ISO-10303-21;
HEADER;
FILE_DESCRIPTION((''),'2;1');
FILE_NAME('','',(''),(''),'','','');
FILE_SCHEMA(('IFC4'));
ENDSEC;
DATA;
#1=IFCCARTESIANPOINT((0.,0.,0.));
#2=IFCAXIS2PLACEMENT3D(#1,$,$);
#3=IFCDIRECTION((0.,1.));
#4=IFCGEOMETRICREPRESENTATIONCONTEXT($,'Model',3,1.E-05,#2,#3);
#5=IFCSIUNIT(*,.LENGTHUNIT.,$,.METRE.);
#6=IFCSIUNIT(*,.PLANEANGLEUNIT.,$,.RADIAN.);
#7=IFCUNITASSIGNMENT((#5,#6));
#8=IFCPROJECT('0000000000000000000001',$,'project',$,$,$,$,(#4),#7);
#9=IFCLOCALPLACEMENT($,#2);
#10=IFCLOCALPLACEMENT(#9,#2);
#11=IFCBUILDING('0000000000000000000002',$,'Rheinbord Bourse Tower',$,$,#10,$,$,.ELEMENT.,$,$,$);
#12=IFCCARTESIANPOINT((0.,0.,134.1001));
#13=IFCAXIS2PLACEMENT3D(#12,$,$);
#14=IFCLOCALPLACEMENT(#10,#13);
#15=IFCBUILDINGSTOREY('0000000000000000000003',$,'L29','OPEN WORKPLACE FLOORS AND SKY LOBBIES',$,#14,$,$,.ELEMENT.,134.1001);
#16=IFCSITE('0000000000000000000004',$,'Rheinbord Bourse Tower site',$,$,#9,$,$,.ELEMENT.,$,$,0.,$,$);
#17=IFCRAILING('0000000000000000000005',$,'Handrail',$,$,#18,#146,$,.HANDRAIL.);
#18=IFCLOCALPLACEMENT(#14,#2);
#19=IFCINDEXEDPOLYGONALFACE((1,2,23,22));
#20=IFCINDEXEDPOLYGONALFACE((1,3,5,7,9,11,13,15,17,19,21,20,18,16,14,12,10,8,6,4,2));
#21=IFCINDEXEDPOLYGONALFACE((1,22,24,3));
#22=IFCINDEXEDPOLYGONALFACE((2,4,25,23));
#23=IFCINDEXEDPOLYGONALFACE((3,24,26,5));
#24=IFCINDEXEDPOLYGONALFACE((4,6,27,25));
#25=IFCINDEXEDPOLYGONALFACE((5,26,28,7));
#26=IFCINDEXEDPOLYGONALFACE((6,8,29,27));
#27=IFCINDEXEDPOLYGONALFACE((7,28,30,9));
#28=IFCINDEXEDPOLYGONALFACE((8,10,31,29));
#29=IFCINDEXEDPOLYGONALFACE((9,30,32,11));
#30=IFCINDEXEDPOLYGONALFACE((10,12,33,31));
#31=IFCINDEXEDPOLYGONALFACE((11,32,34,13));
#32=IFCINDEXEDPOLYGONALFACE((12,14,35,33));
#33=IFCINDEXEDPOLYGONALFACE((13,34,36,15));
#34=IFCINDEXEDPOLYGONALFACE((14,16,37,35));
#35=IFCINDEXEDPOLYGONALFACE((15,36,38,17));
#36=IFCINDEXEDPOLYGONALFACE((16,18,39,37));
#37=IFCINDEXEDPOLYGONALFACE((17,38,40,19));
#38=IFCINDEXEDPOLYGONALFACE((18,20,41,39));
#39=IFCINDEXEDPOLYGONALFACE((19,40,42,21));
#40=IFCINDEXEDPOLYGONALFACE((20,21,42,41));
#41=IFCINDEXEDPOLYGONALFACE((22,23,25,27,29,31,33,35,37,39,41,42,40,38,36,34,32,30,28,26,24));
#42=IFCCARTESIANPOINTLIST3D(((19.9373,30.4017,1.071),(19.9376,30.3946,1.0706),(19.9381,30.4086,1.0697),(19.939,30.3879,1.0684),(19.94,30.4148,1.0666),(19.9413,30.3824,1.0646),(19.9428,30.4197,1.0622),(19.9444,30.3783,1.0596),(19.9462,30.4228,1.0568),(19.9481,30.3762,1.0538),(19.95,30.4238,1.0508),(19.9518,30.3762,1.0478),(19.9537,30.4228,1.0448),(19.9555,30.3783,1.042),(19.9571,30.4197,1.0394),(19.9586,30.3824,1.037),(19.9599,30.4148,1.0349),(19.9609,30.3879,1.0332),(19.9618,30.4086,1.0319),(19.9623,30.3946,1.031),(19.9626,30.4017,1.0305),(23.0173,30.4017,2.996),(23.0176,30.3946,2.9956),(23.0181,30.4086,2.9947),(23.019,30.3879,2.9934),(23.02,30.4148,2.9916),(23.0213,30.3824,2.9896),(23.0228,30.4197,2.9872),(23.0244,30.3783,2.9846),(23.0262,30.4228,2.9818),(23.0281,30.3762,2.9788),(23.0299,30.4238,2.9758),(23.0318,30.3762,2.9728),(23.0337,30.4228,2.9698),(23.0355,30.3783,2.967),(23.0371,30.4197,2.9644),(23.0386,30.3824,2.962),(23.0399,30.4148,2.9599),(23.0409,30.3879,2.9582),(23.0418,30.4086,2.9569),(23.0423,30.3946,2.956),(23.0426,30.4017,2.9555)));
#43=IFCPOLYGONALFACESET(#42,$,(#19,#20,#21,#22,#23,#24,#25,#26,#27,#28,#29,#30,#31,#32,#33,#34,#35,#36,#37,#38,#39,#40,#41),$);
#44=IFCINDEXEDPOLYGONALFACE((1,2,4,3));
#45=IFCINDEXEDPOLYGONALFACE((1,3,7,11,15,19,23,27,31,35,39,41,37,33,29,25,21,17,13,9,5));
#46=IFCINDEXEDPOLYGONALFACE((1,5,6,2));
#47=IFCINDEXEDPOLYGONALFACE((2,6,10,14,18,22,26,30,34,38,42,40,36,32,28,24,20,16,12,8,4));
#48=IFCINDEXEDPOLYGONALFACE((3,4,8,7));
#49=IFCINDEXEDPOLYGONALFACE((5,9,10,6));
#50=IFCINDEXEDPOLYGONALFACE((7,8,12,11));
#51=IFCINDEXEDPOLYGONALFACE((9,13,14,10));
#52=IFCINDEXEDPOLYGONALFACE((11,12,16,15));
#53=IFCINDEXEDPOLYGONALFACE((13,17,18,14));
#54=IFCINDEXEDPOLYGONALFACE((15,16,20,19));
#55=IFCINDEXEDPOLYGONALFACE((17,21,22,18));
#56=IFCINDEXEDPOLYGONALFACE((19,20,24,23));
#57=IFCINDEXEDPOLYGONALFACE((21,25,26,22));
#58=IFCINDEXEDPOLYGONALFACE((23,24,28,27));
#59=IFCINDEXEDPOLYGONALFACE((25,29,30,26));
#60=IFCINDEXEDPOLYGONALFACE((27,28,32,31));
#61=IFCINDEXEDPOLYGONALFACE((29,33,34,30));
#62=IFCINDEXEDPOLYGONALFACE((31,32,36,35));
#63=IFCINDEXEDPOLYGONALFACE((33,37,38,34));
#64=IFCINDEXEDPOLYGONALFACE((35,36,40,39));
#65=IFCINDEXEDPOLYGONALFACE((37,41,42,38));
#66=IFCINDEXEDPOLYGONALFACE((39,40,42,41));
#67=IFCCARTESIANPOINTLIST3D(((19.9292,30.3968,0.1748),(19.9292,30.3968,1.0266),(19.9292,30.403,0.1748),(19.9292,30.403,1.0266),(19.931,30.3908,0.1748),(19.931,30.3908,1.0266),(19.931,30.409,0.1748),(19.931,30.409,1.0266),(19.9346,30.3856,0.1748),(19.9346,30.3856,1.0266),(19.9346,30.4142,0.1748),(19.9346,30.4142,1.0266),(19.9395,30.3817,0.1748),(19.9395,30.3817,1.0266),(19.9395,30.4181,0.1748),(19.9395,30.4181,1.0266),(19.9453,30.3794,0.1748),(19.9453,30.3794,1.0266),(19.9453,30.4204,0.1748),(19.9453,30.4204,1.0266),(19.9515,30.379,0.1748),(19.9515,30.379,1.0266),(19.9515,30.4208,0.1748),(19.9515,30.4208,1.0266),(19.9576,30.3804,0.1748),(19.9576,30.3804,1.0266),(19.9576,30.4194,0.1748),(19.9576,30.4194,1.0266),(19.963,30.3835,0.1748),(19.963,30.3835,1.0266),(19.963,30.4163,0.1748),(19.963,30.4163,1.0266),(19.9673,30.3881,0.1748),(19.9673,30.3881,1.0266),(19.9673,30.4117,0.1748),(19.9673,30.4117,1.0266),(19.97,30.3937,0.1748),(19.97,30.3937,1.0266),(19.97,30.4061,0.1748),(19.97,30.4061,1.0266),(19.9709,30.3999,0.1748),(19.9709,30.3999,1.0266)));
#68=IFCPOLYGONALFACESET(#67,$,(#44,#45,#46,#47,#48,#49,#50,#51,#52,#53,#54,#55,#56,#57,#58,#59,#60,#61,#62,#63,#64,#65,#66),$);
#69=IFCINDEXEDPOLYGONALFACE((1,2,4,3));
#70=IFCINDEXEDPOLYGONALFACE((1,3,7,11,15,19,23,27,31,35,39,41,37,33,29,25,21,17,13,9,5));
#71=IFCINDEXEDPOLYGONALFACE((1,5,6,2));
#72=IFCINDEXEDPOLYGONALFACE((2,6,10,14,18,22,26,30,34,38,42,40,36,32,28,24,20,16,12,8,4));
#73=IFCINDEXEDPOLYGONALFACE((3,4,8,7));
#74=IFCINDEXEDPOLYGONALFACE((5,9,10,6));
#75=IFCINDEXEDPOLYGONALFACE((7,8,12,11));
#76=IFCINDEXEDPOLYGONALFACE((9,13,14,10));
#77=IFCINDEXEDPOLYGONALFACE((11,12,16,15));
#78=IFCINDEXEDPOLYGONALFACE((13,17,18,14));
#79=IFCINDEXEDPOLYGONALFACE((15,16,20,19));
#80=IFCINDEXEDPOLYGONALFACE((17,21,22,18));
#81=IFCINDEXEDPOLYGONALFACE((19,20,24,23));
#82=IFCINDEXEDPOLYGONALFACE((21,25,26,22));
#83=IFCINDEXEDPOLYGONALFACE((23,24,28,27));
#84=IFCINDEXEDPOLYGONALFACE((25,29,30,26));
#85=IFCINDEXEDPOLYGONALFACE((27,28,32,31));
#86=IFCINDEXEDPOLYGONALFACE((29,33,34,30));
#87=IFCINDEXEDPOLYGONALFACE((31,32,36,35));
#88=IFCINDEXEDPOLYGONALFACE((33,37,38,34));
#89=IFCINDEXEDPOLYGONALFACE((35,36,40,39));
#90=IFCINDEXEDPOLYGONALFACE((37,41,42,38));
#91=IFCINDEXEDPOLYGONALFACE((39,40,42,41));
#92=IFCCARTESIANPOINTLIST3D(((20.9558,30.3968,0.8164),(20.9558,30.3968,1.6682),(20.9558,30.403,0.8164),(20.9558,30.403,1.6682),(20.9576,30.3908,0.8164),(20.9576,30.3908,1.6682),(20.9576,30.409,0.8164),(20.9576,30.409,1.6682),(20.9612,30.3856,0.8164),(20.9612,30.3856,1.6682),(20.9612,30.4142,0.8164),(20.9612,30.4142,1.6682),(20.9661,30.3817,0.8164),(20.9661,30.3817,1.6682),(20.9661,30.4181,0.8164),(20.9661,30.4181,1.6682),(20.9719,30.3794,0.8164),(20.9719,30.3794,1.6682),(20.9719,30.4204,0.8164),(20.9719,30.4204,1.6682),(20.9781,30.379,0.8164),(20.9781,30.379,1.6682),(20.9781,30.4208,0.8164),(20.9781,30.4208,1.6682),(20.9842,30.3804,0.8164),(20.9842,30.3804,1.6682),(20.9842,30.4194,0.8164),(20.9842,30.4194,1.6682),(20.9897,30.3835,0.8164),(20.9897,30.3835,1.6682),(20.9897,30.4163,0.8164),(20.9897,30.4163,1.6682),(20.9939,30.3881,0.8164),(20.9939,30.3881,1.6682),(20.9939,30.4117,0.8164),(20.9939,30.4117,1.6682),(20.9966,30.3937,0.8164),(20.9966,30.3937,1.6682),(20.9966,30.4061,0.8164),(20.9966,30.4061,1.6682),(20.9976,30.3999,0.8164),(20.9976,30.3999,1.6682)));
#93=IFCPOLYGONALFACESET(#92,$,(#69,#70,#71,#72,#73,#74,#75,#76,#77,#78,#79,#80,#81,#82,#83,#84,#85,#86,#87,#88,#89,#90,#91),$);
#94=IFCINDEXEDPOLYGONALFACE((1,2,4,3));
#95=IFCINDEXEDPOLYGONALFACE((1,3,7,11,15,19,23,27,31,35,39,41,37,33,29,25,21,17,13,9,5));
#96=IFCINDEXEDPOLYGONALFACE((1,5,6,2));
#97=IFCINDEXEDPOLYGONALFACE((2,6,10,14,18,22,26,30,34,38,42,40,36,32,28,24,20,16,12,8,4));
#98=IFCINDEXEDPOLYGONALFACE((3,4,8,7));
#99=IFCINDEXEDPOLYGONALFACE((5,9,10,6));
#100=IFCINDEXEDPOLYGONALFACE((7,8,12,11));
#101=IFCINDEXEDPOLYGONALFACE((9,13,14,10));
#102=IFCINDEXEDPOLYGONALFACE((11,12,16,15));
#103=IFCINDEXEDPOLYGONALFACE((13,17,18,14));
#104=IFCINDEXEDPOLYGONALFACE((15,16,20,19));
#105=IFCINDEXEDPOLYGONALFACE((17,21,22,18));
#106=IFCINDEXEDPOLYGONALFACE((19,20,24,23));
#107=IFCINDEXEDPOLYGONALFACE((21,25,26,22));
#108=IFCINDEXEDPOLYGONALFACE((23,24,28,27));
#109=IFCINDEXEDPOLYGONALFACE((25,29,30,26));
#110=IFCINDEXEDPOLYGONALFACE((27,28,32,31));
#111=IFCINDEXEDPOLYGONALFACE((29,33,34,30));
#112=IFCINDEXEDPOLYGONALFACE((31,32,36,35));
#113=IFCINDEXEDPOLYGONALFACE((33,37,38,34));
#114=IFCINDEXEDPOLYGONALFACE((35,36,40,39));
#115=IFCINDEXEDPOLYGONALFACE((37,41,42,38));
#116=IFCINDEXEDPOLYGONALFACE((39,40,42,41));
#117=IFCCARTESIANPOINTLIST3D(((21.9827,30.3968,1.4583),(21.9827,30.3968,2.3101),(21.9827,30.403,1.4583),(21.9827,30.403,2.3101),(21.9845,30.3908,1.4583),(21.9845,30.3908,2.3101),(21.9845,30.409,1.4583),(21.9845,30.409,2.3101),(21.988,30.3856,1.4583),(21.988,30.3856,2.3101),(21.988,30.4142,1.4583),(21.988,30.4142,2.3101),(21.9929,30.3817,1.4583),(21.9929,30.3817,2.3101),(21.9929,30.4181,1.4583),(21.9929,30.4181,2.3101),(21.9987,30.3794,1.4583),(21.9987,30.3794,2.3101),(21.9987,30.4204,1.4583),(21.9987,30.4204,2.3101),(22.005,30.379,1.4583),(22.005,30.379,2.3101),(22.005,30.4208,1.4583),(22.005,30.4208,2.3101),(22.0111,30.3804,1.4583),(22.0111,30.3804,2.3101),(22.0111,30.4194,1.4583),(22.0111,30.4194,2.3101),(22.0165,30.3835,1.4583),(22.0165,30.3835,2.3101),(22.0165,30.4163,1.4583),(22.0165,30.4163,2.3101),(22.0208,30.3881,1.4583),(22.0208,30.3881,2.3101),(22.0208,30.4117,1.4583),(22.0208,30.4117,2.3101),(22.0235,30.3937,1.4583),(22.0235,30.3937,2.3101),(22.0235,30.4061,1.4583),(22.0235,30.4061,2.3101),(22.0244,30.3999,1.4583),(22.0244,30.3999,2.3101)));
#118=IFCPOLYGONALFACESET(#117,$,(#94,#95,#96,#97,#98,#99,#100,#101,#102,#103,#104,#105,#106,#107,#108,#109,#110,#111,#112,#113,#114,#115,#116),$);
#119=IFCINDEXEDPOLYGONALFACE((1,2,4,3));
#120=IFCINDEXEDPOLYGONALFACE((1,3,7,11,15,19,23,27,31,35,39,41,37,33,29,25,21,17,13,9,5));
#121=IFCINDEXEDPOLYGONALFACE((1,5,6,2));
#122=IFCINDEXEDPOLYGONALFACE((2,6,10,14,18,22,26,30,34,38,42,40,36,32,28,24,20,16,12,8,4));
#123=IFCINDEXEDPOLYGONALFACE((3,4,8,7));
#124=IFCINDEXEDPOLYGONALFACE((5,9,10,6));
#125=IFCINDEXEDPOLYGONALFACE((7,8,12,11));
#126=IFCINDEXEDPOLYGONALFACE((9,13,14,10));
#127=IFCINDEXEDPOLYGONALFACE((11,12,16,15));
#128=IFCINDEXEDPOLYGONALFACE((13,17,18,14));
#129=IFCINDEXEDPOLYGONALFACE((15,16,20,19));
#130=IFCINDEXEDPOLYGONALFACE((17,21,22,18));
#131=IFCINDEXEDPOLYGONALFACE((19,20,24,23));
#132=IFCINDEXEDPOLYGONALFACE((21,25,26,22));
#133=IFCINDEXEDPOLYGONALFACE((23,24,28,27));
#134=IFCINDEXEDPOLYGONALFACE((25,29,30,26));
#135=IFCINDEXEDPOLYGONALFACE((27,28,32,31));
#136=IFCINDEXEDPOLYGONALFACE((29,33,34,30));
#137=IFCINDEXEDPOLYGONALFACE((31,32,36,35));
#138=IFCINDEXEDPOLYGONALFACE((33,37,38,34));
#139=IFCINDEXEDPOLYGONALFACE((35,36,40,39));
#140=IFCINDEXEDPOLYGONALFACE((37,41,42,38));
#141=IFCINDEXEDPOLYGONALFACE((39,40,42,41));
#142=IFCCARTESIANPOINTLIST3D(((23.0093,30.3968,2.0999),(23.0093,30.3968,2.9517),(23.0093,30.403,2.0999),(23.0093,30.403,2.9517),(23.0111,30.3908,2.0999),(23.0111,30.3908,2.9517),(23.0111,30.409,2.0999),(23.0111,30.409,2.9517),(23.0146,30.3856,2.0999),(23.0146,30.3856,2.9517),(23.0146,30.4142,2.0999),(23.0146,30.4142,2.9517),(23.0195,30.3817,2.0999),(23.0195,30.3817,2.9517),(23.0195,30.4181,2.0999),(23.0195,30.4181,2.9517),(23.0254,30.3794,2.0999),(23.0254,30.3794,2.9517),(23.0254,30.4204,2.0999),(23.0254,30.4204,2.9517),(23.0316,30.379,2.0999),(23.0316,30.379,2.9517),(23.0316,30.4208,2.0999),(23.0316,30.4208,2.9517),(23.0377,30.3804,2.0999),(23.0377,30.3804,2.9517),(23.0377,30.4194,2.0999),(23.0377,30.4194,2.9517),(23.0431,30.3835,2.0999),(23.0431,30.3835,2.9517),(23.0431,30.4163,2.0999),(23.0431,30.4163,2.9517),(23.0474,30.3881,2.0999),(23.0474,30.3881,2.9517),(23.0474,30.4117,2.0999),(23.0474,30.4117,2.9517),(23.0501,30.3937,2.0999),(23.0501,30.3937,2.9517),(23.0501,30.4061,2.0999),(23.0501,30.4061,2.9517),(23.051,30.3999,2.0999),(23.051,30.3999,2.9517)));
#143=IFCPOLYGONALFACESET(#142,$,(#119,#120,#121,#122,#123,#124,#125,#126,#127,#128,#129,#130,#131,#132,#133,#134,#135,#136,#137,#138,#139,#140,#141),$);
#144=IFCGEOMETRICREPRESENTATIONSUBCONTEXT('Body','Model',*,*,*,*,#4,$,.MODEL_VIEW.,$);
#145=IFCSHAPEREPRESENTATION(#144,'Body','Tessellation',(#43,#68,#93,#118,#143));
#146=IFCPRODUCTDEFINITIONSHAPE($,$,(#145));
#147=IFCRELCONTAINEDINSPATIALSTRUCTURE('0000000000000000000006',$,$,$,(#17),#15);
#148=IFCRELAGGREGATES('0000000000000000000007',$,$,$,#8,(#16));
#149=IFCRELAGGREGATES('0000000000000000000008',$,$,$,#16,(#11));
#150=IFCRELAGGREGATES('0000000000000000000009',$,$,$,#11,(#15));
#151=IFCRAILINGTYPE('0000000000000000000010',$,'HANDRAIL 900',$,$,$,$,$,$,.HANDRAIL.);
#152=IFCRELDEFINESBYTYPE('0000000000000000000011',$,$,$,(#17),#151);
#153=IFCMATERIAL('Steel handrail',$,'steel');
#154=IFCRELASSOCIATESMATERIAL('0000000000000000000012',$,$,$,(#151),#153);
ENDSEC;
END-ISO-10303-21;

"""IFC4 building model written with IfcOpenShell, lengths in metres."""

from ifc_helpers import new_model, si_unit, direction, frame, origin, origin_2d, place, context, subcontext, project, spatial, circle, extrude, material, type_object, element, save


model = new_model("IFC4")

# Units and contexts
model_context = context("Model", 3, precision=1e-05, world=origin(), true_north=direction((0.0, 1.0)))
body_context = subcontext(model_context, "Body", "Model", "MODEL_VIEW")
ifc_project = project(units=[si_unit("LENGTHUNIT", "METRE"), si_unit("PLANEANGLEUNIT", "RADIAN")], contexts=[model_context])

# Site, building, storey
site_placement = place(None, origin())
site = spatial("IfcSite", under=ifc_project, at=site_placement, Name="Rheinbord Bourse Tower site", CompositionType="ELEMENT", RefElevation=0.0)
building_placement = place(site_placement, origin())
building = spatial("IfcBuilding", under=site, at=building_placement, Name="Rheinbord Bourse Tower", CompositionType="ELEMENT")
storey_placement = place(building_placement, frame((0.0, 0.0, 134.1001)))
storey = spatial("IfcBuildingStorey", under=building, at=storey_placement, Name="L29", Description="OPEN WORKPLACE FLOORS AND SKY LOBBIES", CompositionType="ELEMENT", Elevation=134.1001)

# Railing
ifc_material_1 = material(Name="Steel handrail", Category="steel")
railing_type = type_object("IfcRailingType", Name="HANDRAIL 900", PredefinedType="HANDRAIL", material=ifc_material_1)
railing_1_placement = place(storey_placement, frame((19.95, 30.3999, 0.1748)))
element("IfcRailing", 1, at=railing_1_placement, inside=storey, type_object=railing_type, Name="Handrail", PredefinedType="HANDRAIL", context=body_context, shape_type="SweptSolid", body=[
    extrude(circle(Radius=0.0239, at=origin_2d()), frame((0.0, 0.0, 0.876), z_axis=(0.847998, 0.0, 0.529999), x_axis=(0.0, 1.0, 0.0)), (0.0, 0.0, 1.0), 3.6321),
    extrude(circle(Radius=0.021, at=origin_2d()), origin(), (0.0, 0.0, 1.0), 0.8518),
    extrude(circle(Radius=0.021, at=origin_2d()), frame((1.0266, 0.0, 0.6416)), (0.0, 0.0, 1.0), 0.8518),
    extrude(circle(Radius=0.021, at=origin_2d()), frame((2.0535, 0.0, 1.2834)), (0.0, 0.0, 1.0), 0.8518),
    extrude(circle(Radius=0.021, at=origin_2d()), frame((3.0801, 0.0, 1.925)), (0.0, 0.0, 1.0), 0.8518),
])

save(model, "model.ifc")
